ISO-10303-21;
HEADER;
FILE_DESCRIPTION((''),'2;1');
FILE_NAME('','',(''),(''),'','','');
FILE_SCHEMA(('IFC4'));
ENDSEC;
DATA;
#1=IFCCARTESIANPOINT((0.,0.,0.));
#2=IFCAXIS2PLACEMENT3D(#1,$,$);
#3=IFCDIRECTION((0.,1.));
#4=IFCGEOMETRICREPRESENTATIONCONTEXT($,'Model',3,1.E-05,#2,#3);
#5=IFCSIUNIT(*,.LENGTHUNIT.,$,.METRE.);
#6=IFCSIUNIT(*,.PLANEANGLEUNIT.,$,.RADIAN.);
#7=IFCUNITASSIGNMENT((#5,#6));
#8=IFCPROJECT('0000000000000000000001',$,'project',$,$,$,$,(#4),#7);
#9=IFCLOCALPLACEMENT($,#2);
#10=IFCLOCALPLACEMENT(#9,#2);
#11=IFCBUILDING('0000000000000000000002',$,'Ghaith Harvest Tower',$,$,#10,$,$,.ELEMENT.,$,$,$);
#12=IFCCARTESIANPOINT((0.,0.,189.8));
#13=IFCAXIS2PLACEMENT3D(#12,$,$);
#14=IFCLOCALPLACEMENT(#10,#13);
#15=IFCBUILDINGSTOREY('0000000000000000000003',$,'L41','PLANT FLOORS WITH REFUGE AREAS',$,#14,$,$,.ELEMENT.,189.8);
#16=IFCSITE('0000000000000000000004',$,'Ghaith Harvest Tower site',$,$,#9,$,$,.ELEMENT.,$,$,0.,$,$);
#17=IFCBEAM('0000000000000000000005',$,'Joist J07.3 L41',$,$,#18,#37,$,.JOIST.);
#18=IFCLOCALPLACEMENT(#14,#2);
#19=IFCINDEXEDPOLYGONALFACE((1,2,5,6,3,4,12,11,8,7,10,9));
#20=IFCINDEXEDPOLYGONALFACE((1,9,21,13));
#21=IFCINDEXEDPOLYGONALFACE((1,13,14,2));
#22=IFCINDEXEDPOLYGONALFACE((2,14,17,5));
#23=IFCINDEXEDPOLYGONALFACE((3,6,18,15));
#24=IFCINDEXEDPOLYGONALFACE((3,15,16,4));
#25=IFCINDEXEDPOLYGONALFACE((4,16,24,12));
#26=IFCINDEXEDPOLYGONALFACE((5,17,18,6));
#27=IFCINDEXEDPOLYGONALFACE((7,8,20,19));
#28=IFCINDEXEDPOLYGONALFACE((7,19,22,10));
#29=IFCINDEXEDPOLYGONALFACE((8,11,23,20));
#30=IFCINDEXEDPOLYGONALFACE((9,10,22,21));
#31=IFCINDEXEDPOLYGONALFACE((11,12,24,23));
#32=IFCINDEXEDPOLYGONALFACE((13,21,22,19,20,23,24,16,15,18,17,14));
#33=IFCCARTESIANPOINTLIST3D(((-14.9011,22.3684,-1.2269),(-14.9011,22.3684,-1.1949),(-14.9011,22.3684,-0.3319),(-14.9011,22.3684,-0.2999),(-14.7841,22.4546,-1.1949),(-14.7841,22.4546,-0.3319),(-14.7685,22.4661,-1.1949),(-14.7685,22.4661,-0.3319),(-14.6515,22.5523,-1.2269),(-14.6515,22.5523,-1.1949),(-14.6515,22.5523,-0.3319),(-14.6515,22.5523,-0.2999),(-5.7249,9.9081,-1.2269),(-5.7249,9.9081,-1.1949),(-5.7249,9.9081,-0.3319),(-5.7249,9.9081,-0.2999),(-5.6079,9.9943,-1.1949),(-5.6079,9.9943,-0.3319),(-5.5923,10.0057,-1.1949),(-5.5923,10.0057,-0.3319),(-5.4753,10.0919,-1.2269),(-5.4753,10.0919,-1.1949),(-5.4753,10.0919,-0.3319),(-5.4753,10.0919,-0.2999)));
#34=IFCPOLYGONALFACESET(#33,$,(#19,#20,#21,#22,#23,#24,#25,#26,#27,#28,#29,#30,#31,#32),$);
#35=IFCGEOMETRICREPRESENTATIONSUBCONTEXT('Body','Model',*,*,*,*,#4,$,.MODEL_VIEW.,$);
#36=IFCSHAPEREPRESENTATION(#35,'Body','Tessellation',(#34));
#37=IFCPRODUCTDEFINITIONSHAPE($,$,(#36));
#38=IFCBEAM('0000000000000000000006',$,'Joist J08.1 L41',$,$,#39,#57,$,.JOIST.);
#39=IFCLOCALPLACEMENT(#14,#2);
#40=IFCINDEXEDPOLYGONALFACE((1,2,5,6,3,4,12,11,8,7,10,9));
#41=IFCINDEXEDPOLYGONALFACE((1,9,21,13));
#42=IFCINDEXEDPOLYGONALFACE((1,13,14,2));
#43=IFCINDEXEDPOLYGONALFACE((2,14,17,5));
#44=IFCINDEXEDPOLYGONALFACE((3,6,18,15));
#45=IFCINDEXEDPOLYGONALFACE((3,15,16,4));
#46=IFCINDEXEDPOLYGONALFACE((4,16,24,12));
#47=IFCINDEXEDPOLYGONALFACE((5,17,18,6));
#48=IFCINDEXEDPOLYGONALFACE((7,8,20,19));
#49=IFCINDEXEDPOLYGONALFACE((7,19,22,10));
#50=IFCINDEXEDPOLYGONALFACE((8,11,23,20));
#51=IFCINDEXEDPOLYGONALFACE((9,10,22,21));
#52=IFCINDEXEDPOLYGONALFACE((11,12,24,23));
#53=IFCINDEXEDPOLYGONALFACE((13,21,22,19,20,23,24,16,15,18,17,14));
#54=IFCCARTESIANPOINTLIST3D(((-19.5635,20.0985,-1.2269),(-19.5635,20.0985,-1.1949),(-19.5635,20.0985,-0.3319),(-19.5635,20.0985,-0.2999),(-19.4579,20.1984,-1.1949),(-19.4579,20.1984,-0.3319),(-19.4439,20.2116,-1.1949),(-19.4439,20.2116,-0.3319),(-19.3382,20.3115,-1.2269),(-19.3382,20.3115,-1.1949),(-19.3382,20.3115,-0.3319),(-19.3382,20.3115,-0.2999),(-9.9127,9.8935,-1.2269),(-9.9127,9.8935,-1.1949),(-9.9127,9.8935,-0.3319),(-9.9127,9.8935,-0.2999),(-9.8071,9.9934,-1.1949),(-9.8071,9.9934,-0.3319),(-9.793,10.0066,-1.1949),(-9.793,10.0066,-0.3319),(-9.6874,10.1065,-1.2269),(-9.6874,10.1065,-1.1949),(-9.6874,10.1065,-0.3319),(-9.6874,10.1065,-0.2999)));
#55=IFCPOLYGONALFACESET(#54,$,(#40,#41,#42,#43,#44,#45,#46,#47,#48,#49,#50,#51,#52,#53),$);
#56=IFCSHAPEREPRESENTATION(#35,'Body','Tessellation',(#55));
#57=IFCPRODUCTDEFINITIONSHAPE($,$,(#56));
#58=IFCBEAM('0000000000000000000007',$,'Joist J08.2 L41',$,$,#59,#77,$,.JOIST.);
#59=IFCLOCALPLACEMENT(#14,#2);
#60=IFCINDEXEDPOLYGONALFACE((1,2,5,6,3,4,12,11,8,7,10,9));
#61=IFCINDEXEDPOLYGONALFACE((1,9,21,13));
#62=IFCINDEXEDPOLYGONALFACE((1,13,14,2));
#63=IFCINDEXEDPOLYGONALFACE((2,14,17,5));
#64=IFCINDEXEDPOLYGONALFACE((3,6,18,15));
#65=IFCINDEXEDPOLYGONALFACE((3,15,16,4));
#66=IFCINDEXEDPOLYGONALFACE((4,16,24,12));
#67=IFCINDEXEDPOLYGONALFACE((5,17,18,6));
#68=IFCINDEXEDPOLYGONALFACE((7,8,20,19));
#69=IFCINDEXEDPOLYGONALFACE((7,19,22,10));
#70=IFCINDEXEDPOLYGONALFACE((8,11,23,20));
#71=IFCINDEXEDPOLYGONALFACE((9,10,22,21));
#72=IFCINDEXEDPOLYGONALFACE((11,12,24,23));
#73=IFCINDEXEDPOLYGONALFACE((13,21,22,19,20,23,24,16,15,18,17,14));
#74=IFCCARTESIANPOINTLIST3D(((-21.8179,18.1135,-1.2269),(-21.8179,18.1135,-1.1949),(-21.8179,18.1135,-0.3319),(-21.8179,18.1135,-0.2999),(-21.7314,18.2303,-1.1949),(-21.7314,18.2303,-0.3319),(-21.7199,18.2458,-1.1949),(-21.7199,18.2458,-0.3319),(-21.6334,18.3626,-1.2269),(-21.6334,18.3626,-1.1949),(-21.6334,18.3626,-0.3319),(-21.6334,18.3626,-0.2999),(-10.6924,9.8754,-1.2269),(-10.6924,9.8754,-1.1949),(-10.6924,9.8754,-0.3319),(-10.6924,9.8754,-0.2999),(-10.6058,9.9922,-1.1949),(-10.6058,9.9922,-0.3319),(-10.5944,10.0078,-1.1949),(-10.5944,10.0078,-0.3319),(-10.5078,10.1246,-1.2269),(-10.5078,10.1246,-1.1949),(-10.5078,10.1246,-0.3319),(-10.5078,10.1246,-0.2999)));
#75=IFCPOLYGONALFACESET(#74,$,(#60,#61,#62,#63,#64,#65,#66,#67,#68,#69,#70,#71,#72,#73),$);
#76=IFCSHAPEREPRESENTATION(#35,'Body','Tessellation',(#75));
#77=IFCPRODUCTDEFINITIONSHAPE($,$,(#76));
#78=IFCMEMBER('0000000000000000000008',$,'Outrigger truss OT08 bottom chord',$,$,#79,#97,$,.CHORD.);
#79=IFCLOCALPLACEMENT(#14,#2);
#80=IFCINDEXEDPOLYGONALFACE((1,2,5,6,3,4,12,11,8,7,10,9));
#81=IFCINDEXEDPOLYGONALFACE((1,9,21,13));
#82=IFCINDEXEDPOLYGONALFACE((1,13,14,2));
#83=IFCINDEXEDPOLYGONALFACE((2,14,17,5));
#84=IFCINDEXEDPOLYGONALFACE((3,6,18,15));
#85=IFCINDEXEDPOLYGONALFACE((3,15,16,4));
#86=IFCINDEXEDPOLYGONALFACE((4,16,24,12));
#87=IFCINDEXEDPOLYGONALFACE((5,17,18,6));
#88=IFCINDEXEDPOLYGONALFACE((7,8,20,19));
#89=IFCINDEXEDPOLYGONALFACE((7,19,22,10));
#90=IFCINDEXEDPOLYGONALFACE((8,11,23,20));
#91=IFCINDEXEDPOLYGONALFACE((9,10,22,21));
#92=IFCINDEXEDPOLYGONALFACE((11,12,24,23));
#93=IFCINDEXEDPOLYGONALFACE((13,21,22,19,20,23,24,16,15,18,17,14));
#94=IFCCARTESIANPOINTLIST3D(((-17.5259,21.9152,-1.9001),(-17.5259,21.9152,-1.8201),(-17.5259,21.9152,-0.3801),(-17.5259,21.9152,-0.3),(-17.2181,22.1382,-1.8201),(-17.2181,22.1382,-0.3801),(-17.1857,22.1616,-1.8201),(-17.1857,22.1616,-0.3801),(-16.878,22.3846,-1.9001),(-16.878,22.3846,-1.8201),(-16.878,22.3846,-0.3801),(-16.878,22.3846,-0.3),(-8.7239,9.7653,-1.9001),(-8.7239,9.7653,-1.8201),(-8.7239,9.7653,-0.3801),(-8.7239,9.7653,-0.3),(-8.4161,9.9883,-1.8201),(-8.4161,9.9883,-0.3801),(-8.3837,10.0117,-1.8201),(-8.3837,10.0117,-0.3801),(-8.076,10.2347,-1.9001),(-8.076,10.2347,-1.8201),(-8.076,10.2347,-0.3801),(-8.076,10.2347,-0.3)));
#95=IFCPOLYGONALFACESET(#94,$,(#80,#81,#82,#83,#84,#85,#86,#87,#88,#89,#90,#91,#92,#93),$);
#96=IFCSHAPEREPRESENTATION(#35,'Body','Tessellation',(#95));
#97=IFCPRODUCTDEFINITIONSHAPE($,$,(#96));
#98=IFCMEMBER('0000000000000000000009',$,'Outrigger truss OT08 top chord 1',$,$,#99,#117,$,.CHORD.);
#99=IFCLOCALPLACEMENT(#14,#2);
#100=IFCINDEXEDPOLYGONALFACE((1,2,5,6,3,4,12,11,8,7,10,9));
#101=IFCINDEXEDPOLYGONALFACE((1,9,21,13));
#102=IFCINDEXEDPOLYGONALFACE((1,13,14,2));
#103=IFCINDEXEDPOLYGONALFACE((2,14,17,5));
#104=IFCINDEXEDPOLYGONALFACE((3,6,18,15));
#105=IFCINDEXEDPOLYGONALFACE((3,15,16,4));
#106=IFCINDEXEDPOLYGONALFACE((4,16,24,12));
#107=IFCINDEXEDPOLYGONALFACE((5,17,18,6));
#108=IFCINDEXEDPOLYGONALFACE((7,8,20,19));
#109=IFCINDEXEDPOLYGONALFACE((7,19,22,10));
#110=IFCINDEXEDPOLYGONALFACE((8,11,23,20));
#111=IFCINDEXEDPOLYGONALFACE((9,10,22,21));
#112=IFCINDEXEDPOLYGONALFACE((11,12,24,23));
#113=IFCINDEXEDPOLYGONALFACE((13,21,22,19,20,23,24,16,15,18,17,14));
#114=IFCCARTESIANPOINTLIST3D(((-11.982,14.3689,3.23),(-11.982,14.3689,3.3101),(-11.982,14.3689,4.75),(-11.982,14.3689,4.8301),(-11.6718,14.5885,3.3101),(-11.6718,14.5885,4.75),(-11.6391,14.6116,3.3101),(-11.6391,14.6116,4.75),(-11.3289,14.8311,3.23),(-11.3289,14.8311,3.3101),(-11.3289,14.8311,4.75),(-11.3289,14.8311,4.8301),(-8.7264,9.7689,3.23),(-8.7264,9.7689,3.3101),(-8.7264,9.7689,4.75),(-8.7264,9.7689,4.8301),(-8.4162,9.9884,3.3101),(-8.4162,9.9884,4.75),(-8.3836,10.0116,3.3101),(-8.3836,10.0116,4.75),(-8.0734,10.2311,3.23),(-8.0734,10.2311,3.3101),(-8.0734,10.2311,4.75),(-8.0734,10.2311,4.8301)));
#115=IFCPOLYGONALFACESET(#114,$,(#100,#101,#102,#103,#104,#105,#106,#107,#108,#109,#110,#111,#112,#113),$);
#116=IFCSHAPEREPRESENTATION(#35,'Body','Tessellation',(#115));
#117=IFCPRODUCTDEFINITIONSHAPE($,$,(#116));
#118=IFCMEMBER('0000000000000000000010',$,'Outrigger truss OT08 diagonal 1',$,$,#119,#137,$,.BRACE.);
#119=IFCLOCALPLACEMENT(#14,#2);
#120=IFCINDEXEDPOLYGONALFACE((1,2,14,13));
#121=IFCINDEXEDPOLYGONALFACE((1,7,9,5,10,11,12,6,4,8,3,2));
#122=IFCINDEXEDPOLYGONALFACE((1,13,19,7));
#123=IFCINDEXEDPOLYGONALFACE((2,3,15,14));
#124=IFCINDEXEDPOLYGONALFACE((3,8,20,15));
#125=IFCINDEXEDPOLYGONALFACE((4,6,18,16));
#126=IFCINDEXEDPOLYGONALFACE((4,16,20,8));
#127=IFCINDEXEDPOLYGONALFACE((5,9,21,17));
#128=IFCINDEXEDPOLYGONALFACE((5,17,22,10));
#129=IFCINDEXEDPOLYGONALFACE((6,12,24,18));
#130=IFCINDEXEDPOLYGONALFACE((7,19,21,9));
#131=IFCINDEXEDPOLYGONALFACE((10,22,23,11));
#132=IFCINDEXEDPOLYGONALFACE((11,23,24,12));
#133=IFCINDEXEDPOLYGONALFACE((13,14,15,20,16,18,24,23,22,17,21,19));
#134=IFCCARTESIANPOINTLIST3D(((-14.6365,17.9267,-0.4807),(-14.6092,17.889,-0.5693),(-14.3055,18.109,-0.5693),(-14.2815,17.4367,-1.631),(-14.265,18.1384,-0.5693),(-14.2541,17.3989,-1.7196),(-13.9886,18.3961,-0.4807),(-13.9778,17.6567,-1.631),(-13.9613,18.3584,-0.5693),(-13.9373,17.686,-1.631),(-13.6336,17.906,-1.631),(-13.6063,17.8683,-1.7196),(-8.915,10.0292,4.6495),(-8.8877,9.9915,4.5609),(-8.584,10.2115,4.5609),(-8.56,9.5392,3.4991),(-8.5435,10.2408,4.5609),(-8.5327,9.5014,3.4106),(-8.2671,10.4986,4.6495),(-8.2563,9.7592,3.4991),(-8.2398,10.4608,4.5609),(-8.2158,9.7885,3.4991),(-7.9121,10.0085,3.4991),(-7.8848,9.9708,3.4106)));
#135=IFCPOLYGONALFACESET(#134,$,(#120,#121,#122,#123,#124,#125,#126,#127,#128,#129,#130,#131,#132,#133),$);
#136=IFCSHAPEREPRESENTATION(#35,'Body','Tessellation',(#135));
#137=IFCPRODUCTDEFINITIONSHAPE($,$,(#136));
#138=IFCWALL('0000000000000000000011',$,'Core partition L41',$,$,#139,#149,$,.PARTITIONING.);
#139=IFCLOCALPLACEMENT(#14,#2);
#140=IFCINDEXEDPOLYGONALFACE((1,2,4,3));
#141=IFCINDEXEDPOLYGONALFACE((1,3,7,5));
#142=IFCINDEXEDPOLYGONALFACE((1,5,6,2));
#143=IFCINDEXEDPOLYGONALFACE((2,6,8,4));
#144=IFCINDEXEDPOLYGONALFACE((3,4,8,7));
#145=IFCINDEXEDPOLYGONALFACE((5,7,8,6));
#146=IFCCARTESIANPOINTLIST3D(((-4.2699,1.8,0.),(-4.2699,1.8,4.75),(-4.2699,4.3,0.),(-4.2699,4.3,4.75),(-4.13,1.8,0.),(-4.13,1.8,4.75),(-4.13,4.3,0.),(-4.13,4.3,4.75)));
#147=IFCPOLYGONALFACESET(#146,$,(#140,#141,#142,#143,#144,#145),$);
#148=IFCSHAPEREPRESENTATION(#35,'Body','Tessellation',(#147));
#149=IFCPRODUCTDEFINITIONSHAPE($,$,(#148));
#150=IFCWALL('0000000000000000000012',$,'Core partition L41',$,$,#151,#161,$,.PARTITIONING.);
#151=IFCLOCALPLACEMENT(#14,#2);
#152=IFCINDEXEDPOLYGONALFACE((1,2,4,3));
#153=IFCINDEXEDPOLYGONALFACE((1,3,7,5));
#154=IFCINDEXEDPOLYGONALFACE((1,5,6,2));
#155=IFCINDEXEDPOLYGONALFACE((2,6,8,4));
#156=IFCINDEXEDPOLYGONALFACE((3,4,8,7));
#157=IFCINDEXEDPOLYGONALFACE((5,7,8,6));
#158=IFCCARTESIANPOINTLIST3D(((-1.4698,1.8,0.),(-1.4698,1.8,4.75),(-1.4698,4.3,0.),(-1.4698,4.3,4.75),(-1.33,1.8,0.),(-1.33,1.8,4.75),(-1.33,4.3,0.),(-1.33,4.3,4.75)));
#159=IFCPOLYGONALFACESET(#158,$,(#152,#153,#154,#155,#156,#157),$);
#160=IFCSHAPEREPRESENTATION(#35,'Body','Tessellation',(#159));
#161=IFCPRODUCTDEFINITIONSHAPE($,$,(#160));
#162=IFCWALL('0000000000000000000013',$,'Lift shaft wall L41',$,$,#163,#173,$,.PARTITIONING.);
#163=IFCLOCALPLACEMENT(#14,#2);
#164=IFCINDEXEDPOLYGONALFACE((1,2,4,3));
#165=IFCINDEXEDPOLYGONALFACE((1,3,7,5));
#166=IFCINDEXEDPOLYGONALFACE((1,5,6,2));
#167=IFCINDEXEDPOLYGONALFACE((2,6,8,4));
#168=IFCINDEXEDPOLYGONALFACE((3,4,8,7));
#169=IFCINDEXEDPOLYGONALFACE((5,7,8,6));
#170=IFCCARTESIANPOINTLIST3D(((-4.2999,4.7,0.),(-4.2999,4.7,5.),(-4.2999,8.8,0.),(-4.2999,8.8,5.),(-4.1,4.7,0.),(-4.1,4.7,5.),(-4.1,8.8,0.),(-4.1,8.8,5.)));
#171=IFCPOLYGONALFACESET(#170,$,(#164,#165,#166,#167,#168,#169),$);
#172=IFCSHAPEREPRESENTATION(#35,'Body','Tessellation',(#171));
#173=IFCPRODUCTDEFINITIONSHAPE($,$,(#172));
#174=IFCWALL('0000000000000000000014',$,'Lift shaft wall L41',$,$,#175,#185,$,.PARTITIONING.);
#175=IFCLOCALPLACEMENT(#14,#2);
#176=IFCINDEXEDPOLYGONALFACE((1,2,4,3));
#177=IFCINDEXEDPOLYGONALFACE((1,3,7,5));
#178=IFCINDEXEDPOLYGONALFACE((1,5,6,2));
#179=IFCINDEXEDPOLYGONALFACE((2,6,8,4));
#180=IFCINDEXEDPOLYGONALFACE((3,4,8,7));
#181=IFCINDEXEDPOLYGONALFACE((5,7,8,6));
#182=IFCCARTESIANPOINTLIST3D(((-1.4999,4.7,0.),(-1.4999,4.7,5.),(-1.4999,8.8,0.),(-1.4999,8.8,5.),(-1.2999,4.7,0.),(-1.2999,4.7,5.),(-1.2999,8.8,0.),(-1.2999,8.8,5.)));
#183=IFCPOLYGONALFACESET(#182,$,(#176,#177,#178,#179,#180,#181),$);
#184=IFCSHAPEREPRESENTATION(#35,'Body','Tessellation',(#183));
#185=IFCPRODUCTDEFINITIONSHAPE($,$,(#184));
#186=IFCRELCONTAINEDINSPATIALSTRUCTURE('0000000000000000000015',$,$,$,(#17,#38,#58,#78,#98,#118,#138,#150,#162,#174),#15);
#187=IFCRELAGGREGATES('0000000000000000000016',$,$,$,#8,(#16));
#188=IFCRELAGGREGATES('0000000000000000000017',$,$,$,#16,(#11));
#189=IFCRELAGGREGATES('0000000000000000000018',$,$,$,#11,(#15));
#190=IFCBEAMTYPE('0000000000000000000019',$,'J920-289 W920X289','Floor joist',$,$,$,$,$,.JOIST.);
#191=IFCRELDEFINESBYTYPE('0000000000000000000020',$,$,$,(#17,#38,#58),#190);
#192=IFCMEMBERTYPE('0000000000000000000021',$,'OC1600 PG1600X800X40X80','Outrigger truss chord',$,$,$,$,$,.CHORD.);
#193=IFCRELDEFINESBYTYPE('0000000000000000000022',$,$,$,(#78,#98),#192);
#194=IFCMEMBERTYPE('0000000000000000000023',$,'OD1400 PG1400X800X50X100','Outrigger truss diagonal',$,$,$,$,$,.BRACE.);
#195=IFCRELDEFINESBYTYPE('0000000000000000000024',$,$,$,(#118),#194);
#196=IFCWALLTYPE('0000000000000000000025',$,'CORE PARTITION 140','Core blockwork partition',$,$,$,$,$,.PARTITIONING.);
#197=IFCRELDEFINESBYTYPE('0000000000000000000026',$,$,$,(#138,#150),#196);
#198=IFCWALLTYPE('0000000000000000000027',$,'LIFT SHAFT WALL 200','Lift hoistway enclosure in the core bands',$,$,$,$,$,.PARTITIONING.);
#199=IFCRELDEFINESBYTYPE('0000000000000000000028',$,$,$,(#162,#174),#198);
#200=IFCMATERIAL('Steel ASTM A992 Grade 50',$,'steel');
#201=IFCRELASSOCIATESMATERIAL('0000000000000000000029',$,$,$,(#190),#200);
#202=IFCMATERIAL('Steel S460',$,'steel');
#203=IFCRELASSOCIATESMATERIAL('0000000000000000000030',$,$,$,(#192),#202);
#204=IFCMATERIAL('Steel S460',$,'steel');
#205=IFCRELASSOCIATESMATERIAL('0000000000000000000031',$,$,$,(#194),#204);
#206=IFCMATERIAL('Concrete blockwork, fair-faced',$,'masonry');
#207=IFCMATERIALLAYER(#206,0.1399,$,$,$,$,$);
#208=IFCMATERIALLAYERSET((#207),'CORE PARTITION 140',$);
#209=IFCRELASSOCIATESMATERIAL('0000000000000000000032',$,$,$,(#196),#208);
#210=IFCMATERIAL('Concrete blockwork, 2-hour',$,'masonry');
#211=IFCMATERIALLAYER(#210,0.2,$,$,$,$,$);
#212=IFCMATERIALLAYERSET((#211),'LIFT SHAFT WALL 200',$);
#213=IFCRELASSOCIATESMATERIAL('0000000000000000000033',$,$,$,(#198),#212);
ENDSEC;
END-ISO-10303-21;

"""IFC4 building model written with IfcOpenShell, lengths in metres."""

from ifc_helpers import new_model, si_unit, direction, frame, frame_2d, origin, origin_2d, place, context, subcontext, project, spatial, rectangle, i_section, extrude, material, layer, layer_set, material_profile, profile_set, type_object, element, save


model = new_model("IFC4")

# Units and contexts
model_context = context("Model", 3, precision=1e-05, world=origin(), true_north=direction((0.0, 1.0)))
body_context = subcontext(model_context, "Body", "Model", "MODEL_VIEW")
ifc_project = project(units=[si_unit("LENGTHUNIT", "METRE"), si_unit("PLANEANGLEUNIT", "RADIAN")], contexts=[model_context])

# Site, building, storey
site_placement = place(None, origin())
site = spatial("IfcSite", under=ifc_project, at=site_placement, Name="Ghaith Harvest Tower site", CompositionType="ELEMENT", RefElevation=0.0)
building_placement = place(site_placement, origin())
building = spatial("IfcBuilding", under=site, at=building_placement, Name="Ghaith Harvest Tower", CompositionType="ELEMENT")
storey_placement = place(building_placement, frame((0.0, 0.0, 189.8)))
storey = spatial("IfcBuildingStorey", under=building, at=storey_placement, Name="L41", Description="PLANT FLOORS WITH REFUGE AREAS", CompositionType="ELEMENT", Elevation=189.8)

# Beams
ifc_material_1 = material(Name="Steel ASTM A992 Grade 50", Category="steel")
ifc_material_profile_1 = material_profile(ifc_material_1, i_section(OverallWidth=0.3101, OverallDepth=0.927, WebThickness=0.0193, FlangeThickness=0.032, at=origin_2d()), Name="W920X289")
ifc_profile_set_1 = profile_set([ifc_material_profile_1], Name="Steel ASTM A992 Grade 50")
beam_type = type_object("IfcBeamType", Name="J920-289 W920X289", Description="Floor joist", PredefinedType="JOIST", material=ifc_profile_set_1)
beam_1_placement = place(storey_placement, frame((-5.6001, 10.0, -0.7634), z_axis=(-0.592985, 0.805214, 0.0), x_axis=(-0.805214, -0.592985, 0.0)))
element("IfcBeam", 1, at=beam_1_placement, inside=storey, type_object=beam_type, Name="Joist J07.3 L41", PredefinedType="JOIST", context=body_context, shape_type="SweptSolid", body=[
    extrude(i_section(OverallWidth=0.3101, OverallDepth=0.927, WebThickness=0.0193, FlangeThickness=0.032, at=origin_2d()), origin(), (0.0, 0.0, 1.0), 15.4746),
])
beam_2_placement = place(storey_placement, frame((-9.8, 10.0, -0.7634), z_axis=(-0.687103, 0.72656, 0.0), x_axis=(-0.72656, -0.687103, 0.0)))
element("IfcBeam", 2, at=beam_2_placement, inside=storey, type_object=beam_type, Name="Joist J08.1 L41", PredefinedType="JOIST", context=body_context, shape_type="SweptSolid", body=[
    extrude(i_section(OverallWidth=0.3101, OverallDepth=0.927, WebThickness=0.0193, FlangeThickness=0.032, at=origin_2d()), origin(), (0.0, 0.0, 1.0), 14.0457),
])
beam_3_placement = place(storey_placement, frame((-10.6001, 10.0, -0.7634), z_axis=(-0.803663, 0.595085, 0.0), x_axis=(-0.595085, -0.803663, 0.0)))
element("IfcBeam", 3, at=beam_3_placement, inside=storey, type_object=beam_type, Name="Joist J08.2 L41", PredefinedType="JOIST", context=body_context, shape_type="SweptSolid", body=[
    extrude(i_section(OverallWidth=0.3101, OverallDepth=0.927, WebThickness=0.0193, FlangeThickness=0.032, at=origin_2d()), origin(), (0.0, 0.0, 1.0), 13.8435),
])

# Members
ifc_material_2 = material(Name="Steel S460", Category="steel")
ifc_material_profile_2 = material_profile(ifc_material_2, i_section(OverallWidth=0.8, OverallDepth=1.6001, WebThickness=0.04, FlangeThickness=0.0801, at=origin_2d()), Name="PG1600X800X40X80")
ifc_profile_set_2 = profile_set([ifc_material_profile_2], Name="Steel S460")
member_type_1 = type_object("IfcMemberType", Name="OC1600 PG1600X800X40X80", Description="Outrigger truss chord", PredefinedType="CHORD", material=ifc_profile_set_2)
member_1_placement = place(storey_placement, frame((-8.3999, 10.0, -1.1001), z_axis=(-0.586676, 0.809822, 0.0), x_axis=(-0.809822, -0.586676, 0.0)))
element("IfcMember", 4, at=member_1_placement, inside=storey, type_object=member_type_1, Name="Outrigger truss OT08 bottom chord", PredefinedType="CHORD", context=body_context, shape_type="SweptSolid", body=[
    extrude(i_section(OverallWidth=0.8, OverallDepth=1.6001, WebThickness=0.04, FlangeThickness=0.0801, at=origin_2d()), origin(), (0.0, 0.0, 1.0), 15.0032),
])
member_2_placement = place(storey_placement, frame((-8.3999, 10.0, 4.03), z_axis=(-0.577688, 0.816258, 0.0), x_axis=(-0.816258, -0.577688, 0.0)))
element("IfcMember", 5, at=member_2_placement, inside=storey, type_object=member_type_1, Name="Outrigger truss OT08 top chord 1", PredefinedType="CHORD", context=body_context, shape_type="SweptSolid", body=[
    extrude(i_section(OverallWidth=0.8, OverallDepth=1.6001, WebThickness=0.04, FlangeThickness=0.0801, at=origin_2d()), origin(), (0.0, 0.0, 1.0), 5.6355),
])
ifc_material_3 = material(Name="Steel S460", Category="steel")
ifc_material_profile_3 = material_profile(ifc_material_3, i_section(OverallWidth=0.8, OverallDepth=1.3999, WebThickness=0.05, FlangeThickness=0.1001, at=origin_2d()), Name="PG1400X800X50X100")
ifc_profile_set_3 = profile_set([ifc_material_profile_3], Name="Steel S460")
member_type_2 = type_object("IfcMemberType", Name="OD1400 PG1400X800X50X100", Description="Outrigger truss diagonal", PredefinedType="BRACE", material=ifc_profile_set_3)
member_3_placement = place(storey_placement, frame((-8.3999, 10.0, 4.03), z_axis=(-0.519224, 0.7167, -0.465562), x_axis=(-0.809816, -0.586684, 0.0)))
element("IfcMember", 6, at=member_3_placement, inside=storey, type_object=member_type_2, Name="Outrigger truss OT08 diagonal 1", PredefinedType="BRACE", context=body_context, shape_type="SweptSolid", body=[
    extrude(i_section(OverallWidth=0.8, OverallDepth=1.3999, WebThickness=0.05, FlangeThickness=0.1001, at=origin_2d()), origin(), (0.0, 0.0, 1.0), 11.0193),
])

# Walls
ifc_material_4 = material(Name="Concrete blockwork, fair-faced", Category="masonry")
ifc_layer_1 = layer(ifc_material_4, 0.1399)
ifc_layer_set_1 = layer_set([ifc_layer_1], Name="CORE PARTITION 140")
wall_type_1 = type_object("IfcWallType", Name="CORE PARTITION 140", Description="Core blockwork partition", PredefinedType="PARTITIONING", material=ifc_layer_set_1)
for number, where, z_axis, x_axis, name in (
    (7, (-4.2, 1.8, 0.0), (0.0, 0.0, 1.0), (0.0, 1.0, 0.0), "Core partition L41"),
    (8, (-1.3999, 1.8, 0.0), (0.0, 0.0, 1.0), (0.0, 1.0, 0.0), "Core partition L41"),
):
    element("IfcWall", number, at=place(storey_placement, frame(where, z_axis=z_axis, x_axis=x_axis)), inside=storey, type_object=wall_type_1, Name=name, PredefinedType="PARTITIONING", context=body_context, shape_type="SweptSolid", body=[
        extrude(rectangle(XDim=2.5, YDim=0.1399, at=frame_2d((1.25, 0.0))), origin(), (0.0, 0.0, 1.0), 4.75),
    ])
ifc_material_5 = material(Name="Concrete blockwork, 2-hour", Category="masonry")
ifc_layer_2 = layer(ifc_material_5, 0.2)
ifc_layer_set_2 = layer_set([ifc_layer_2], Name="LIFT SHAFT WALL 200")
wall_type_2 = type_object("IfcWallType", Name="LIFT SHAFT WALL 200", Description="Lift hoistway enclosure in the core bands", PredefinedType="PARTITIONING", material=ifc_layer_set_2)
for number, where, z_axis, x_axis, name in (
    (9, (-4.2, 4.7, 0.0), (0.0, 0.0, 1.0), (0.0, 1.0, 0.0), "Lift shaft wall L41"),
    (10, (-1.3999, 4.7, 0.0), (0.0, 0.0, 1.0), (0.0, 1.0, 0.0), "Lift shaft wall L41"),
):
    element("IfcWall", number, at=place(storey_placement, frame(where, z_axis=z_axis, x_axis=x_axis)), inside=storey, type_object=wall_type_2, Name=name, PredefinedType="PARTITIONING", context=body_context, shape_type="SweptSolid", body=[
        extrude(rectangle(XDim=4.1001, YDim=0.2, at=frame_2d((2.05, 0.0))), origin(), (0.0, 0.0, 1.0), 5.0),
    ])

save(model, "model.ifc")
